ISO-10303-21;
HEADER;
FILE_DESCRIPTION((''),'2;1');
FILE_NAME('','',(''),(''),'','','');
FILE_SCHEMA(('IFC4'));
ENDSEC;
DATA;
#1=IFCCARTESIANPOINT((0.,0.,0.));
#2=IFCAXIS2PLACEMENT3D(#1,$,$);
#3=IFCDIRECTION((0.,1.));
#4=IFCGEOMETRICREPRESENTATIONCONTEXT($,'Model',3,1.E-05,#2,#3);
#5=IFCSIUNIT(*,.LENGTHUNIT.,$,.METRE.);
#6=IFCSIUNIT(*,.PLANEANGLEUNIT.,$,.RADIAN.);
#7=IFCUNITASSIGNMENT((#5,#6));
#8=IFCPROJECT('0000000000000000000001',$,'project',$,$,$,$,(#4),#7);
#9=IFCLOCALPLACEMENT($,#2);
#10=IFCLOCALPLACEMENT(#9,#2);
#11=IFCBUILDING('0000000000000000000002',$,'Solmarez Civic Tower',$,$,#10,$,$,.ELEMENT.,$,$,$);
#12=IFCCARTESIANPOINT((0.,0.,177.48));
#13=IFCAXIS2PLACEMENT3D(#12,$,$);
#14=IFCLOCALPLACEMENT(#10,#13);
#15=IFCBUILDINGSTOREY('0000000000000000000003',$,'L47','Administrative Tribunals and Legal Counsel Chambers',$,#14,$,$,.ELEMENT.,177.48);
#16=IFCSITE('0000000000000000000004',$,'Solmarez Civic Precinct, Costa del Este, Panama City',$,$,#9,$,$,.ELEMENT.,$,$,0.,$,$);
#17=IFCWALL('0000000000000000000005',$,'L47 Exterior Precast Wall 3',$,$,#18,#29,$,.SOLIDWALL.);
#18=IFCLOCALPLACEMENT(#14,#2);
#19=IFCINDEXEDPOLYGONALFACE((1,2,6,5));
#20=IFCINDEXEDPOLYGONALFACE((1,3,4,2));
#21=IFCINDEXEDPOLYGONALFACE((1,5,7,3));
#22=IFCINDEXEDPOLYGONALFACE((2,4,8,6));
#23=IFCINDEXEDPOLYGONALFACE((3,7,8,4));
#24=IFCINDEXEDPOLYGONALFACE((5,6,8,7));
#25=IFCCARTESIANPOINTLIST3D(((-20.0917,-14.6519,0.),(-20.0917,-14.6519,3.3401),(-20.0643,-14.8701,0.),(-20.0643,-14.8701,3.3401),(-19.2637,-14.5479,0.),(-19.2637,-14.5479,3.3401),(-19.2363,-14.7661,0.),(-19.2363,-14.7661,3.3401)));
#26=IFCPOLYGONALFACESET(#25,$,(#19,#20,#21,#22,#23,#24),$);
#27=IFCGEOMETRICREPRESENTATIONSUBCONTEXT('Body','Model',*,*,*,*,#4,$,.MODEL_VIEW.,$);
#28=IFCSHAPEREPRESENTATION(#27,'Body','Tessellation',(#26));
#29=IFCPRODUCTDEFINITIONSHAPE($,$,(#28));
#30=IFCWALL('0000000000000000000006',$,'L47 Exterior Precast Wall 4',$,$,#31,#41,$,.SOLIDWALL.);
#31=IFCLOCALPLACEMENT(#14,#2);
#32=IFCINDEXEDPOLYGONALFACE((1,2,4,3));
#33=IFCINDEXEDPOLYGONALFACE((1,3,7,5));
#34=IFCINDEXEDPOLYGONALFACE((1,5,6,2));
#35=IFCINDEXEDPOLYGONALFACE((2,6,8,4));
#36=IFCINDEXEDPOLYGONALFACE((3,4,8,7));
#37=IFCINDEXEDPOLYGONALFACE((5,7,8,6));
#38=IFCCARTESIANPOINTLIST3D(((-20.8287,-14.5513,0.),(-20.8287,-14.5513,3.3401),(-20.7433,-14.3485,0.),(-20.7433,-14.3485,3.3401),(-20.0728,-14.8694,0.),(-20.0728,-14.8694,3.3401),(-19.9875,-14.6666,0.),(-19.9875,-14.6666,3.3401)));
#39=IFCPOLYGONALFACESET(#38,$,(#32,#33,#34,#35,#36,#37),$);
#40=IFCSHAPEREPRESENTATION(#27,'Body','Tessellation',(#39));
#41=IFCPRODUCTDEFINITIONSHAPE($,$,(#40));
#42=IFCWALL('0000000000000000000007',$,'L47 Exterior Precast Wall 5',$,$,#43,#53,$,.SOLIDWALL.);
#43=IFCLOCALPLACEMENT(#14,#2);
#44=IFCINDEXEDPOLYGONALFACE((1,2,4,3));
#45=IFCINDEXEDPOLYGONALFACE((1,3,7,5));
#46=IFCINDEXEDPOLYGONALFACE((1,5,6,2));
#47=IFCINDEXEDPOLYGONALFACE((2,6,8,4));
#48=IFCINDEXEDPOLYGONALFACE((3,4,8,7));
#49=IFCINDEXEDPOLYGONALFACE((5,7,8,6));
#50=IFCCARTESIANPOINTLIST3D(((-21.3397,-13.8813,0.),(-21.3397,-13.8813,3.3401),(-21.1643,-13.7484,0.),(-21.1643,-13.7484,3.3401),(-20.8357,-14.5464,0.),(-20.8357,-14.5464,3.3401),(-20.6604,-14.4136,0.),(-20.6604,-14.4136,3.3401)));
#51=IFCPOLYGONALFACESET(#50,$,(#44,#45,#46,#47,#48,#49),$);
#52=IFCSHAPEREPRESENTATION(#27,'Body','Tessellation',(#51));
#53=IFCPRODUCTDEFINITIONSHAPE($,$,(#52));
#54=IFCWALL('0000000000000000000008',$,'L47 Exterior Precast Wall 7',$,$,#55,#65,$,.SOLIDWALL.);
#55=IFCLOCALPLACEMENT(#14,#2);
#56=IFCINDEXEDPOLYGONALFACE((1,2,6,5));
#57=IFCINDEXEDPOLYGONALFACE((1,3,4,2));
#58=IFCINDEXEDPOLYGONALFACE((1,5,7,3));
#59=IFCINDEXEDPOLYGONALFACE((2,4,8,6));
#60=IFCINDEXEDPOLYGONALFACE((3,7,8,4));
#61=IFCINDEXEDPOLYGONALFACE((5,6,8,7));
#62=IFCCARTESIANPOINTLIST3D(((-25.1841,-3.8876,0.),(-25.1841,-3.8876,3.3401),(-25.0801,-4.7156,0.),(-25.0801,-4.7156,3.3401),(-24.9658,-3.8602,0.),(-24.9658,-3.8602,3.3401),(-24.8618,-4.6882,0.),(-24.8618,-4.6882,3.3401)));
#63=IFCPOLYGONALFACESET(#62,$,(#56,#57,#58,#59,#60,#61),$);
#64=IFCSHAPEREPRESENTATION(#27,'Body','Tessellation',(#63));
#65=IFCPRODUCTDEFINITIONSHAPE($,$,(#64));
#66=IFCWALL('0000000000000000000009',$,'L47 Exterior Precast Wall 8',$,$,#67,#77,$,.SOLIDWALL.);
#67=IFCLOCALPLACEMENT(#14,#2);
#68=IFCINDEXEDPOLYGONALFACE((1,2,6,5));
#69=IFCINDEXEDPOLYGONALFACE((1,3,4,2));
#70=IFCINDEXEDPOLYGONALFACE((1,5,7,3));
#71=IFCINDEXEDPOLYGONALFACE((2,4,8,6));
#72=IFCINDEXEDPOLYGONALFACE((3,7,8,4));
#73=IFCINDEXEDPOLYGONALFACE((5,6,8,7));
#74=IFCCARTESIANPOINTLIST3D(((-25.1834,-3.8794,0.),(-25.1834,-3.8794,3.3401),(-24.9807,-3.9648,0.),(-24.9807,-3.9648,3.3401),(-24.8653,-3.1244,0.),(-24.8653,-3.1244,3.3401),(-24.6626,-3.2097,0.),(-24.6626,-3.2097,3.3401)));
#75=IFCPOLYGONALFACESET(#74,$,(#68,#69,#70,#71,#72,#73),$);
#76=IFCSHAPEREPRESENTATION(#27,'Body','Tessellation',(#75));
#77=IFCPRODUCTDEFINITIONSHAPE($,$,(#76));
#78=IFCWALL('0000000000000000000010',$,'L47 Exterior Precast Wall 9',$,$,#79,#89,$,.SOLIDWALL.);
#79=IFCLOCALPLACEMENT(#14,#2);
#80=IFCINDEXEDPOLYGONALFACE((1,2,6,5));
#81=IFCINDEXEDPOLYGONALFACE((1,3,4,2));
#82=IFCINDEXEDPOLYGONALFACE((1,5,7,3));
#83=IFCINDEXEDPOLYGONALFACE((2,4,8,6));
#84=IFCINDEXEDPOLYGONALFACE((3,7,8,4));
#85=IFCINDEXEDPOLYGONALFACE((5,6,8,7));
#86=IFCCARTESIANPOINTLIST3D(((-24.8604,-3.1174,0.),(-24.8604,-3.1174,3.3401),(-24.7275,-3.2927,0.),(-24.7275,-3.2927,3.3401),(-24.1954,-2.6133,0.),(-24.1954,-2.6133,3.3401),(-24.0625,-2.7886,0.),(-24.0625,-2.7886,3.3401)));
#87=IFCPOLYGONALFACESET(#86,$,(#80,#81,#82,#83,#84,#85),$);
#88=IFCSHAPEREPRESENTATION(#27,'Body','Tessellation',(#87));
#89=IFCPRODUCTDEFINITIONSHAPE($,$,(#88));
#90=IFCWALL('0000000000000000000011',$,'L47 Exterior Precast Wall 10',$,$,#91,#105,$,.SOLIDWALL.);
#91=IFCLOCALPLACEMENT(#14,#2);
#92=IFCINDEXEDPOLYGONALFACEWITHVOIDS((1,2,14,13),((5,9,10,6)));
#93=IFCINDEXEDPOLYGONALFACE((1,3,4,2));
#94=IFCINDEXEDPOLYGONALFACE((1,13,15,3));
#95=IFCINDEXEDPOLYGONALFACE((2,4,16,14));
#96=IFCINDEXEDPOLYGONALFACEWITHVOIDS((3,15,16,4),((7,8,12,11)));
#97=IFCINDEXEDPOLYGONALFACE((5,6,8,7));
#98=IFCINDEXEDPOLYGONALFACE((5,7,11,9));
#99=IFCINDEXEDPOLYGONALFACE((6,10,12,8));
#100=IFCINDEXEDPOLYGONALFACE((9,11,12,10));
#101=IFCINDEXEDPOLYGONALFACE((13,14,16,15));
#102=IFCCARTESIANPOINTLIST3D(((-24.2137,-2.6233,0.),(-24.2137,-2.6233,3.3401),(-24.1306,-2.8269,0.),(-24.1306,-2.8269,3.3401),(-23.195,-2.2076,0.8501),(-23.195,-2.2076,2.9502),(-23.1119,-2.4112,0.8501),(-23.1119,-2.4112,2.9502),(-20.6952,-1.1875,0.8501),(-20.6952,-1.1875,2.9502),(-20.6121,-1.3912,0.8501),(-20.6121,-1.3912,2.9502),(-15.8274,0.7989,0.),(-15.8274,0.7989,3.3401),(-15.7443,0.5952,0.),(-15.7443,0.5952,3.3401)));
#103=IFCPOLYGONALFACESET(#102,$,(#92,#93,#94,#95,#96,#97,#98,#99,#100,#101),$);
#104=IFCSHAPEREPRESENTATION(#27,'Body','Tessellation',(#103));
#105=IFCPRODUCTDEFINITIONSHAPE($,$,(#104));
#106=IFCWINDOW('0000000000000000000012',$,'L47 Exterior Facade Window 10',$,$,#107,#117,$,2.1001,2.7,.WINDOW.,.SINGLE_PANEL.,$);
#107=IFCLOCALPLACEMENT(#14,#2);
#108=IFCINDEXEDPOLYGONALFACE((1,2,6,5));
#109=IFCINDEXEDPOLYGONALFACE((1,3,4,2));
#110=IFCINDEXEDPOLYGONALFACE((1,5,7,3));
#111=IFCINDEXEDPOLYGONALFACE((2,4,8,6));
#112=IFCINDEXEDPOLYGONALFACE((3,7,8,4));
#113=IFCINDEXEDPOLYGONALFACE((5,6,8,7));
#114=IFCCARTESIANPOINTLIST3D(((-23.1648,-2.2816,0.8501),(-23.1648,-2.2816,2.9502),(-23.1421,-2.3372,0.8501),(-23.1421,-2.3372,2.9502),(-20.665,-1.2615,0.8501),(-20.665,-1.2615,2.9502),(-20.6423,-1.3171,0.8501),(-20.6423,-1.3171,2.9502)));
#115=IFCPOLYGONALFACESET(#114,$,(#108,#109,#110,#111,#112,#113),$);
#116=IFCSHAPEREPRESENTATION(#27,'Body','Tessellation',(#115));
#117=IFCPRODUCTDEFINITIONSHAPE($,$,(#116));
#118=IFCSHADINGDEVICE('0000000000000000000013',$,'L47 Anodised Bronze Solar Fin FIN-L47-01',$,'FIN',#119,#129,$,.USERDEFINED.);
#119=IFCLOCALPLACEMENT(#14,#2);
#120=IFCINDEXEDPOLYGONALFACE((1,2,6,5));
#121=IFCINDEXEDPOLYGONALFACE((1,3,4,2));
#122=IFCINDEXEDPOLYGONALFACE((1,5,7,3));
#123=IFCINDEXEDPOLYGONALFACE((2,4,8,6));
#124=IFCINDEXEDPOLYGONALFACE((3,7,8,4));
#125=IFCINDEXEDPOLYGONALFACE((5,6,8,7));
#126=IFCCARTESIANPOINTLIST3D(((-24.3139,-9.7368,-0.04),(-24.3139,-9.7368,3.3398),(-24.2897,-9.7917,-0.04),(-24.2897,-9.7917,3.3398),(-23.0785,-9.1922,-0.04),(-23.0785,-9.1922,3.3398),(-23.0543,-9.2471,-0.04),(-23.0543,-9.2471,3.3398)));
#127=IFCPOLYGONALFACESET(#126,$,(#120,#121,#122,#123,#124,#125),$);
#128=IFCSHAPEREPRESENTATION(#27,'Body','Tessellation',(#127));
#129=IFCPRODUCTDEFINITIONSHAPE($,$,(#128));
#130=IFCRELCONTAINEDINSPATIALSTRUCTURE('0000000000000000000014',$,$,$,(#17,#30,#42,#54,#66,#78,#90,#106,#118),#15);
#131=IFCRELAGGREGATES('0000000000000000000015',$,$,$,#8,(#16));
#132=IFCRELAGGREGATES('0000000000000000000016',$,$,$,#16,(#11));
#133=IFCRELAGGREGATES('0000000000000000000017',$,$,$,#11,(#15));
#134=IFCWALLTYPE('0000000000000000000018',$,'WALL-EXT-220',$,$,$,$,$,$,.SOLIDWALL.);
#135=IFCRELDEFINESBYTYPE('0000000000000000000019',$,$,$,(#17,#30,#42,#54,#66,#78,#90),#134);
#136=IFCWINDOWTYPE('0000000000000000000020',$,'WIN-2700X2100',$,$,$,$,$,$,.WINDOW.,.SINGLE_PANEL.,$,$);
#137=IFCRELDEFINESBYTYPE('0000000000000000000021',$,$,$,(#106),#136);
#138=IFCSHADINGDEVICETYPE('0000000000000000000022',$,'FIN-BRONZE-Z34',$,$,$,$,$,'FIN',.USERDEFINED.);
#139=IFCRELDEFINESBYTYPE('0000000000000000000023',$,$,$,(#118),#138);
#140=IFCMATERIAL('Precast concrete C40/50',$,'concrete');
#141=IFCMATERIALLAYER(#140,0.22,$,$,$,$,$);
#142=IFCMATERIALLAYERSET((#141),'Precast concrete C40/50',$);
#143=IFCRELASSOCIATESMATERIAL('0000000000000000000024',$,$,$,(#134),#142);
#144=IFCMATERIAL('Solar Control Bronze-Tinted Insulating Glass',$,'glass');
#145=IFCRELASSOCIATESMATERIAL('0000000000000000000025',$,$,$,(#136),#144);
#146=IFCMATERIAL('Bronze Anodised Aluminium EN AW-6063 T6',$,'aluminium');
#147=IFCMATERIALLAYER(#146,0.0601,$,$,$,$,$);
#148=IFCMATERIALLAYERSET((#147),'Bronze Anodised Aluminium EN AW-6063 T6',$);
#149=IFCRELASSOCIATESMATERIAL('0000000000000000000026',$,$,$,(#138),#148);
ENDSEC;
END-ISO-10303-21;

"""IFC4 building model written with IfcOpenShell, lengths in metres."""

from ifc_helpers import new_model, si_unit, direction, frame, frame_2d, origin, origin_2d, place, context, subcontext, project, spatial, rectangle, extrude, material, layer, layer_set, type_object, element, fill, save


model = new_model("IFC4")

# Units and contexts
model_context = context("Model", 3, precision=1e-05, world=origin(), true_north=direction((0.0, 1.0)))
body_context = subcontext(model_context, "Body", "Model", "MODEL_VIEW")
ifc_project = project(units=[si_unit("LENGTHUNIT", "METRE"), si_unit("PLANEANGLEUNIT", "RADIAN")], contexts=[model_context])

# Site, building, storey
site_placement = place(None, origin())
site = spatial("IfcSite", under=ifc_project, at=site_placement, Name="Solmarez Civic Precinct, Costa del Este, Panama City", CompositionType="ELEMENT", RefElevation=0.0)
building_placement = place(site_placement, origin())
building = spatial("IfcBuilding", under=site, at=building_placement, Name="Solmarez Civic Tower", CompositionType="ELEMENT")
storey_placement = place(building_placement, frame((0.0, 0.0, 177.48)))
storey = spatial("IfcBuildingStorey", under=building, at=storey_placement, Name="L47", Description="Administrative Tribunals and Legal Counsel Chambers", CompositionType="ELEMENT", Elevation=177.48)

# Shared definitions
ifc_material_1 = material(Name="Bronze Anodised Aluminium EN AW-6063 T6", Category="aluminium")

# Walls
ifc_material_2 = material(Name="Precast concrete C40/50", Category="concrete")
ifc_layer_1 = layer(ifc_material_2, 0.22)
ifc_layer_set_1 = layer_set([ifc_layer_1], Name="Precast concrete C40/50")
wall_type = type_object("IfcWallType", Name="WALL-EXT-220", PredefinedType="SOLIDWALL", material=ifc_layer_set_1)
wall_1_placement = place(storey_placement, frame((-19.25, -14.657, 0.0), z_axis=(0.0, 0.0, 1.0), x_axis=(-0.992201, -0.124647, 0.0)))
element("IfcWall", 1, at=wall_1_placement, inside=storey, type_object=wall_type, Name="L47 Exterior Precast Wall 3", PredefinedType="SOLIDWALL", context=body_context, shape_type="SweptSolid", body=[
    extrude(rectangle(XDim=0.8345, YDim=0.22, at=frame_2d((0.4172, 0.0))), origin(), (0.0, 0.0, 1.0), 3.3401),
])
wall_2_placement = place(storey_placement, frame((-20.03, -14.7681, 0.0), z_axis=(0.0, 0.0, 1.0), x_axis=(-0.921697, 0.387911, 0.0)))
element("IfcWall", 2, at=wall_2_placement, inside=storey, type_object=wall_type, Name="L47 Exterior Precast Wall 4", PredefinedType="SOLIDWALL", context=body_context, shape_type="SweptSolid", body=[
    extrude(rectangle(XDim=0.8201, YDim=0.22, at=frame_2d((0.4102, 0.0))), origin(), (0.0, 0.0, 1.0), 3.3401),
])
for number, where, z_axis, x_axis, name in (
    (3, (-20.748, -14.48, 0.0), (0.0, 0.0, 1.0), (-0.603925, 0.797041, 0.0), "L47 Exterior Precast Wall 5"),
    (4, (-24.9709, -4.7019, 0.0), (0.0, 0.0, 1.0), (-0.124647, 0.992201, 0.0), "L47 Exterior Precast Wall 7"),
):
    element("IfcWall", number, at=place(storey_placement, frame(where, z_axis=z_axis, x_axis=x_axis)), inside=storey, type_object=wall_type, Name=name, PredefinedType="SOLIDWALL", context=body_context, shape_type="SweptSolid", body=[
        extrude(rectangle(XDim=0.8345, YDim=0.22, at=frame_2d((0.4172, 0.0))), origin(), (0.0, 0.0, 1.0), 3.3401),
    ])
wall_3_placement = place(storey_placement, frame((-25.082, -3.9221, 0.0), z_axis=(0.0, 0.0, 1.0), x_axis=(0.38823, 0.921562, 0.0)))
element("IfcWall", 5, at=wall_3_placement, inside=storey, type_object=wall_type, Name="L47 Exterior Precast Wall 8", PredefinedType="SOLIDWALL", context=body_context, shape_type="SweptSolid", body=[
    extrude(rectangle(XDim=0.8193, YDim=0.22, at=frame_2d((0.4097, 0.0))), origin(), (0.0, 0.0, 1.0), 3.3401),
])
wall_4_placement = place(storey_placement, frame((-24.7939, -3.2051, 0.0), z_axis=(0.0, 0.0, 1.0), x_axis=(0.7969, 0.604111, 0.0)))
element("IfcWall", 6, at=wall_4_placement, inside=storey, type_object=wall_type, Name="L47 Exterior Precast Wall 9", PredefinedType="SOLIDWALL", context=body_context, shape_type="SweptSolid", body=[
    extrude(rectangle(XDim=0.8345, YDim=0.22, at=frame_2d((0.4172, 0.0))), origin(), (0.0, 0.0, 1.0), 3.3401),
])

# Wall, opening, window
wall_5_placement = place(storey_placement, frame((-24.1721, -2.7251, 0.0), z_axis=(0.0, 0.0, 1.0), x_axis=(0.92588, 0.377818, 0.0)))
wall_5 = element("IfcWall", 7, at=wall_5_placement, inside=storey, type_object=wall_type, Name="L47 Exterior Precast Wall 10", PredefinedType="SOLIDWALL", context=body_context, shape_type="SweptSolid", body=[
    extrude(rectangle(XDim=9.0576, YDim=0.22, at=frame_2d((4.5288, 0.0))), origin(), (0.0, 0.0, 1.0), 3.3401),
])
opening_placement = place(wall_5_placement, frame((1.1001, 0.0, 0.8501)))
opening = element("IfcOpeningElement", 8, at=opening_placement, cuts=wall_5, PredefinedType="OPENING", context=body_context, shape_type="SweptSolid", body=[
    extrude(rectangle(XDim=2.7, YDim=2.1001, at=frame_2d((1.3501, 1.05))), frame((0.0, 0.1199, 0.0), z_axis=(0.0, -1.0, 0.0), x_axis=(1.0, 0.0, 0.0)), (0.0, 0.0, 1.0), 0.24),
])
ifc_material_3 = material(Name="Solar Control Bronze-Tinted Insulating Glass", Category="glass")
window_type = type_object("IfcWindowType", Name="WIN-2700X2100", PartitioningType="SINGLE_PANEL", PredefinedType="WINDOW", material=ifc_material_3)
window_placement = place(opening_placement, origin())
window = element("IfcWindow", 9, at=window_placement, inside=storey, type_object=window_type, Name="L47 Exterior Facade Window 10", OverallHeight=2.1001, OverallWidth=2.7, PartitioningType="SINGLE_PANEL", PredefinedType="WINDOW", context=body_context, shape_type="SweptSolid", body=[
    extrude(rectangle(XDim=2.7, YDim=2.1001, at=frame_2d((1.3501, 1.05))), frame((0.0, 0.03, 0.0), z_axis=(0.0, -1.0, 0.0), x_axis=(1.0, 0.0, 0.0)), (0.0, 0.0, 1.0), 0.0601),
])
fill(opening, window)

# Shading device
ifc_layer_2 = layer(ifc_material_1, 0.0601)
ifc_layer_set_2 = layer_set([ifc_layer_2], Name="Bronze Anodised Aluminium EN AW-6063 T6")
shading_device_type = type_object("IfcShadingDeviceType", Name="FIN-BRONZE-Z34", ElementType="FIN", PredefinedType="USERDEFINED", material=ifc_layer_set_2)
shading_device_placement = place(storey_placement, frame((-23.6841, -9.4919, -0.04), z_axis=(0.0, 0.0, 1.0), x_axis=(-0.915023, -0.403402, 0.0)))
element("IfcShadingDevice", 10, at=shading_device_placement, inside=storey, type_object=shading_device_type, Name="L47 Anodised Bronze Solar Fin FIN-L47-01", ObjectType="FIN", PredefinedType="USERDEFINED", context=body_context, shape_type="SweptSolid", body=[
    extrude(rectangle(XDim=1.3501, YDim=0.0601, at=origin_2d()), origin(), (0.0, 0.0, 1.0), 3.3799),
])

save(model, "model.ifc")
